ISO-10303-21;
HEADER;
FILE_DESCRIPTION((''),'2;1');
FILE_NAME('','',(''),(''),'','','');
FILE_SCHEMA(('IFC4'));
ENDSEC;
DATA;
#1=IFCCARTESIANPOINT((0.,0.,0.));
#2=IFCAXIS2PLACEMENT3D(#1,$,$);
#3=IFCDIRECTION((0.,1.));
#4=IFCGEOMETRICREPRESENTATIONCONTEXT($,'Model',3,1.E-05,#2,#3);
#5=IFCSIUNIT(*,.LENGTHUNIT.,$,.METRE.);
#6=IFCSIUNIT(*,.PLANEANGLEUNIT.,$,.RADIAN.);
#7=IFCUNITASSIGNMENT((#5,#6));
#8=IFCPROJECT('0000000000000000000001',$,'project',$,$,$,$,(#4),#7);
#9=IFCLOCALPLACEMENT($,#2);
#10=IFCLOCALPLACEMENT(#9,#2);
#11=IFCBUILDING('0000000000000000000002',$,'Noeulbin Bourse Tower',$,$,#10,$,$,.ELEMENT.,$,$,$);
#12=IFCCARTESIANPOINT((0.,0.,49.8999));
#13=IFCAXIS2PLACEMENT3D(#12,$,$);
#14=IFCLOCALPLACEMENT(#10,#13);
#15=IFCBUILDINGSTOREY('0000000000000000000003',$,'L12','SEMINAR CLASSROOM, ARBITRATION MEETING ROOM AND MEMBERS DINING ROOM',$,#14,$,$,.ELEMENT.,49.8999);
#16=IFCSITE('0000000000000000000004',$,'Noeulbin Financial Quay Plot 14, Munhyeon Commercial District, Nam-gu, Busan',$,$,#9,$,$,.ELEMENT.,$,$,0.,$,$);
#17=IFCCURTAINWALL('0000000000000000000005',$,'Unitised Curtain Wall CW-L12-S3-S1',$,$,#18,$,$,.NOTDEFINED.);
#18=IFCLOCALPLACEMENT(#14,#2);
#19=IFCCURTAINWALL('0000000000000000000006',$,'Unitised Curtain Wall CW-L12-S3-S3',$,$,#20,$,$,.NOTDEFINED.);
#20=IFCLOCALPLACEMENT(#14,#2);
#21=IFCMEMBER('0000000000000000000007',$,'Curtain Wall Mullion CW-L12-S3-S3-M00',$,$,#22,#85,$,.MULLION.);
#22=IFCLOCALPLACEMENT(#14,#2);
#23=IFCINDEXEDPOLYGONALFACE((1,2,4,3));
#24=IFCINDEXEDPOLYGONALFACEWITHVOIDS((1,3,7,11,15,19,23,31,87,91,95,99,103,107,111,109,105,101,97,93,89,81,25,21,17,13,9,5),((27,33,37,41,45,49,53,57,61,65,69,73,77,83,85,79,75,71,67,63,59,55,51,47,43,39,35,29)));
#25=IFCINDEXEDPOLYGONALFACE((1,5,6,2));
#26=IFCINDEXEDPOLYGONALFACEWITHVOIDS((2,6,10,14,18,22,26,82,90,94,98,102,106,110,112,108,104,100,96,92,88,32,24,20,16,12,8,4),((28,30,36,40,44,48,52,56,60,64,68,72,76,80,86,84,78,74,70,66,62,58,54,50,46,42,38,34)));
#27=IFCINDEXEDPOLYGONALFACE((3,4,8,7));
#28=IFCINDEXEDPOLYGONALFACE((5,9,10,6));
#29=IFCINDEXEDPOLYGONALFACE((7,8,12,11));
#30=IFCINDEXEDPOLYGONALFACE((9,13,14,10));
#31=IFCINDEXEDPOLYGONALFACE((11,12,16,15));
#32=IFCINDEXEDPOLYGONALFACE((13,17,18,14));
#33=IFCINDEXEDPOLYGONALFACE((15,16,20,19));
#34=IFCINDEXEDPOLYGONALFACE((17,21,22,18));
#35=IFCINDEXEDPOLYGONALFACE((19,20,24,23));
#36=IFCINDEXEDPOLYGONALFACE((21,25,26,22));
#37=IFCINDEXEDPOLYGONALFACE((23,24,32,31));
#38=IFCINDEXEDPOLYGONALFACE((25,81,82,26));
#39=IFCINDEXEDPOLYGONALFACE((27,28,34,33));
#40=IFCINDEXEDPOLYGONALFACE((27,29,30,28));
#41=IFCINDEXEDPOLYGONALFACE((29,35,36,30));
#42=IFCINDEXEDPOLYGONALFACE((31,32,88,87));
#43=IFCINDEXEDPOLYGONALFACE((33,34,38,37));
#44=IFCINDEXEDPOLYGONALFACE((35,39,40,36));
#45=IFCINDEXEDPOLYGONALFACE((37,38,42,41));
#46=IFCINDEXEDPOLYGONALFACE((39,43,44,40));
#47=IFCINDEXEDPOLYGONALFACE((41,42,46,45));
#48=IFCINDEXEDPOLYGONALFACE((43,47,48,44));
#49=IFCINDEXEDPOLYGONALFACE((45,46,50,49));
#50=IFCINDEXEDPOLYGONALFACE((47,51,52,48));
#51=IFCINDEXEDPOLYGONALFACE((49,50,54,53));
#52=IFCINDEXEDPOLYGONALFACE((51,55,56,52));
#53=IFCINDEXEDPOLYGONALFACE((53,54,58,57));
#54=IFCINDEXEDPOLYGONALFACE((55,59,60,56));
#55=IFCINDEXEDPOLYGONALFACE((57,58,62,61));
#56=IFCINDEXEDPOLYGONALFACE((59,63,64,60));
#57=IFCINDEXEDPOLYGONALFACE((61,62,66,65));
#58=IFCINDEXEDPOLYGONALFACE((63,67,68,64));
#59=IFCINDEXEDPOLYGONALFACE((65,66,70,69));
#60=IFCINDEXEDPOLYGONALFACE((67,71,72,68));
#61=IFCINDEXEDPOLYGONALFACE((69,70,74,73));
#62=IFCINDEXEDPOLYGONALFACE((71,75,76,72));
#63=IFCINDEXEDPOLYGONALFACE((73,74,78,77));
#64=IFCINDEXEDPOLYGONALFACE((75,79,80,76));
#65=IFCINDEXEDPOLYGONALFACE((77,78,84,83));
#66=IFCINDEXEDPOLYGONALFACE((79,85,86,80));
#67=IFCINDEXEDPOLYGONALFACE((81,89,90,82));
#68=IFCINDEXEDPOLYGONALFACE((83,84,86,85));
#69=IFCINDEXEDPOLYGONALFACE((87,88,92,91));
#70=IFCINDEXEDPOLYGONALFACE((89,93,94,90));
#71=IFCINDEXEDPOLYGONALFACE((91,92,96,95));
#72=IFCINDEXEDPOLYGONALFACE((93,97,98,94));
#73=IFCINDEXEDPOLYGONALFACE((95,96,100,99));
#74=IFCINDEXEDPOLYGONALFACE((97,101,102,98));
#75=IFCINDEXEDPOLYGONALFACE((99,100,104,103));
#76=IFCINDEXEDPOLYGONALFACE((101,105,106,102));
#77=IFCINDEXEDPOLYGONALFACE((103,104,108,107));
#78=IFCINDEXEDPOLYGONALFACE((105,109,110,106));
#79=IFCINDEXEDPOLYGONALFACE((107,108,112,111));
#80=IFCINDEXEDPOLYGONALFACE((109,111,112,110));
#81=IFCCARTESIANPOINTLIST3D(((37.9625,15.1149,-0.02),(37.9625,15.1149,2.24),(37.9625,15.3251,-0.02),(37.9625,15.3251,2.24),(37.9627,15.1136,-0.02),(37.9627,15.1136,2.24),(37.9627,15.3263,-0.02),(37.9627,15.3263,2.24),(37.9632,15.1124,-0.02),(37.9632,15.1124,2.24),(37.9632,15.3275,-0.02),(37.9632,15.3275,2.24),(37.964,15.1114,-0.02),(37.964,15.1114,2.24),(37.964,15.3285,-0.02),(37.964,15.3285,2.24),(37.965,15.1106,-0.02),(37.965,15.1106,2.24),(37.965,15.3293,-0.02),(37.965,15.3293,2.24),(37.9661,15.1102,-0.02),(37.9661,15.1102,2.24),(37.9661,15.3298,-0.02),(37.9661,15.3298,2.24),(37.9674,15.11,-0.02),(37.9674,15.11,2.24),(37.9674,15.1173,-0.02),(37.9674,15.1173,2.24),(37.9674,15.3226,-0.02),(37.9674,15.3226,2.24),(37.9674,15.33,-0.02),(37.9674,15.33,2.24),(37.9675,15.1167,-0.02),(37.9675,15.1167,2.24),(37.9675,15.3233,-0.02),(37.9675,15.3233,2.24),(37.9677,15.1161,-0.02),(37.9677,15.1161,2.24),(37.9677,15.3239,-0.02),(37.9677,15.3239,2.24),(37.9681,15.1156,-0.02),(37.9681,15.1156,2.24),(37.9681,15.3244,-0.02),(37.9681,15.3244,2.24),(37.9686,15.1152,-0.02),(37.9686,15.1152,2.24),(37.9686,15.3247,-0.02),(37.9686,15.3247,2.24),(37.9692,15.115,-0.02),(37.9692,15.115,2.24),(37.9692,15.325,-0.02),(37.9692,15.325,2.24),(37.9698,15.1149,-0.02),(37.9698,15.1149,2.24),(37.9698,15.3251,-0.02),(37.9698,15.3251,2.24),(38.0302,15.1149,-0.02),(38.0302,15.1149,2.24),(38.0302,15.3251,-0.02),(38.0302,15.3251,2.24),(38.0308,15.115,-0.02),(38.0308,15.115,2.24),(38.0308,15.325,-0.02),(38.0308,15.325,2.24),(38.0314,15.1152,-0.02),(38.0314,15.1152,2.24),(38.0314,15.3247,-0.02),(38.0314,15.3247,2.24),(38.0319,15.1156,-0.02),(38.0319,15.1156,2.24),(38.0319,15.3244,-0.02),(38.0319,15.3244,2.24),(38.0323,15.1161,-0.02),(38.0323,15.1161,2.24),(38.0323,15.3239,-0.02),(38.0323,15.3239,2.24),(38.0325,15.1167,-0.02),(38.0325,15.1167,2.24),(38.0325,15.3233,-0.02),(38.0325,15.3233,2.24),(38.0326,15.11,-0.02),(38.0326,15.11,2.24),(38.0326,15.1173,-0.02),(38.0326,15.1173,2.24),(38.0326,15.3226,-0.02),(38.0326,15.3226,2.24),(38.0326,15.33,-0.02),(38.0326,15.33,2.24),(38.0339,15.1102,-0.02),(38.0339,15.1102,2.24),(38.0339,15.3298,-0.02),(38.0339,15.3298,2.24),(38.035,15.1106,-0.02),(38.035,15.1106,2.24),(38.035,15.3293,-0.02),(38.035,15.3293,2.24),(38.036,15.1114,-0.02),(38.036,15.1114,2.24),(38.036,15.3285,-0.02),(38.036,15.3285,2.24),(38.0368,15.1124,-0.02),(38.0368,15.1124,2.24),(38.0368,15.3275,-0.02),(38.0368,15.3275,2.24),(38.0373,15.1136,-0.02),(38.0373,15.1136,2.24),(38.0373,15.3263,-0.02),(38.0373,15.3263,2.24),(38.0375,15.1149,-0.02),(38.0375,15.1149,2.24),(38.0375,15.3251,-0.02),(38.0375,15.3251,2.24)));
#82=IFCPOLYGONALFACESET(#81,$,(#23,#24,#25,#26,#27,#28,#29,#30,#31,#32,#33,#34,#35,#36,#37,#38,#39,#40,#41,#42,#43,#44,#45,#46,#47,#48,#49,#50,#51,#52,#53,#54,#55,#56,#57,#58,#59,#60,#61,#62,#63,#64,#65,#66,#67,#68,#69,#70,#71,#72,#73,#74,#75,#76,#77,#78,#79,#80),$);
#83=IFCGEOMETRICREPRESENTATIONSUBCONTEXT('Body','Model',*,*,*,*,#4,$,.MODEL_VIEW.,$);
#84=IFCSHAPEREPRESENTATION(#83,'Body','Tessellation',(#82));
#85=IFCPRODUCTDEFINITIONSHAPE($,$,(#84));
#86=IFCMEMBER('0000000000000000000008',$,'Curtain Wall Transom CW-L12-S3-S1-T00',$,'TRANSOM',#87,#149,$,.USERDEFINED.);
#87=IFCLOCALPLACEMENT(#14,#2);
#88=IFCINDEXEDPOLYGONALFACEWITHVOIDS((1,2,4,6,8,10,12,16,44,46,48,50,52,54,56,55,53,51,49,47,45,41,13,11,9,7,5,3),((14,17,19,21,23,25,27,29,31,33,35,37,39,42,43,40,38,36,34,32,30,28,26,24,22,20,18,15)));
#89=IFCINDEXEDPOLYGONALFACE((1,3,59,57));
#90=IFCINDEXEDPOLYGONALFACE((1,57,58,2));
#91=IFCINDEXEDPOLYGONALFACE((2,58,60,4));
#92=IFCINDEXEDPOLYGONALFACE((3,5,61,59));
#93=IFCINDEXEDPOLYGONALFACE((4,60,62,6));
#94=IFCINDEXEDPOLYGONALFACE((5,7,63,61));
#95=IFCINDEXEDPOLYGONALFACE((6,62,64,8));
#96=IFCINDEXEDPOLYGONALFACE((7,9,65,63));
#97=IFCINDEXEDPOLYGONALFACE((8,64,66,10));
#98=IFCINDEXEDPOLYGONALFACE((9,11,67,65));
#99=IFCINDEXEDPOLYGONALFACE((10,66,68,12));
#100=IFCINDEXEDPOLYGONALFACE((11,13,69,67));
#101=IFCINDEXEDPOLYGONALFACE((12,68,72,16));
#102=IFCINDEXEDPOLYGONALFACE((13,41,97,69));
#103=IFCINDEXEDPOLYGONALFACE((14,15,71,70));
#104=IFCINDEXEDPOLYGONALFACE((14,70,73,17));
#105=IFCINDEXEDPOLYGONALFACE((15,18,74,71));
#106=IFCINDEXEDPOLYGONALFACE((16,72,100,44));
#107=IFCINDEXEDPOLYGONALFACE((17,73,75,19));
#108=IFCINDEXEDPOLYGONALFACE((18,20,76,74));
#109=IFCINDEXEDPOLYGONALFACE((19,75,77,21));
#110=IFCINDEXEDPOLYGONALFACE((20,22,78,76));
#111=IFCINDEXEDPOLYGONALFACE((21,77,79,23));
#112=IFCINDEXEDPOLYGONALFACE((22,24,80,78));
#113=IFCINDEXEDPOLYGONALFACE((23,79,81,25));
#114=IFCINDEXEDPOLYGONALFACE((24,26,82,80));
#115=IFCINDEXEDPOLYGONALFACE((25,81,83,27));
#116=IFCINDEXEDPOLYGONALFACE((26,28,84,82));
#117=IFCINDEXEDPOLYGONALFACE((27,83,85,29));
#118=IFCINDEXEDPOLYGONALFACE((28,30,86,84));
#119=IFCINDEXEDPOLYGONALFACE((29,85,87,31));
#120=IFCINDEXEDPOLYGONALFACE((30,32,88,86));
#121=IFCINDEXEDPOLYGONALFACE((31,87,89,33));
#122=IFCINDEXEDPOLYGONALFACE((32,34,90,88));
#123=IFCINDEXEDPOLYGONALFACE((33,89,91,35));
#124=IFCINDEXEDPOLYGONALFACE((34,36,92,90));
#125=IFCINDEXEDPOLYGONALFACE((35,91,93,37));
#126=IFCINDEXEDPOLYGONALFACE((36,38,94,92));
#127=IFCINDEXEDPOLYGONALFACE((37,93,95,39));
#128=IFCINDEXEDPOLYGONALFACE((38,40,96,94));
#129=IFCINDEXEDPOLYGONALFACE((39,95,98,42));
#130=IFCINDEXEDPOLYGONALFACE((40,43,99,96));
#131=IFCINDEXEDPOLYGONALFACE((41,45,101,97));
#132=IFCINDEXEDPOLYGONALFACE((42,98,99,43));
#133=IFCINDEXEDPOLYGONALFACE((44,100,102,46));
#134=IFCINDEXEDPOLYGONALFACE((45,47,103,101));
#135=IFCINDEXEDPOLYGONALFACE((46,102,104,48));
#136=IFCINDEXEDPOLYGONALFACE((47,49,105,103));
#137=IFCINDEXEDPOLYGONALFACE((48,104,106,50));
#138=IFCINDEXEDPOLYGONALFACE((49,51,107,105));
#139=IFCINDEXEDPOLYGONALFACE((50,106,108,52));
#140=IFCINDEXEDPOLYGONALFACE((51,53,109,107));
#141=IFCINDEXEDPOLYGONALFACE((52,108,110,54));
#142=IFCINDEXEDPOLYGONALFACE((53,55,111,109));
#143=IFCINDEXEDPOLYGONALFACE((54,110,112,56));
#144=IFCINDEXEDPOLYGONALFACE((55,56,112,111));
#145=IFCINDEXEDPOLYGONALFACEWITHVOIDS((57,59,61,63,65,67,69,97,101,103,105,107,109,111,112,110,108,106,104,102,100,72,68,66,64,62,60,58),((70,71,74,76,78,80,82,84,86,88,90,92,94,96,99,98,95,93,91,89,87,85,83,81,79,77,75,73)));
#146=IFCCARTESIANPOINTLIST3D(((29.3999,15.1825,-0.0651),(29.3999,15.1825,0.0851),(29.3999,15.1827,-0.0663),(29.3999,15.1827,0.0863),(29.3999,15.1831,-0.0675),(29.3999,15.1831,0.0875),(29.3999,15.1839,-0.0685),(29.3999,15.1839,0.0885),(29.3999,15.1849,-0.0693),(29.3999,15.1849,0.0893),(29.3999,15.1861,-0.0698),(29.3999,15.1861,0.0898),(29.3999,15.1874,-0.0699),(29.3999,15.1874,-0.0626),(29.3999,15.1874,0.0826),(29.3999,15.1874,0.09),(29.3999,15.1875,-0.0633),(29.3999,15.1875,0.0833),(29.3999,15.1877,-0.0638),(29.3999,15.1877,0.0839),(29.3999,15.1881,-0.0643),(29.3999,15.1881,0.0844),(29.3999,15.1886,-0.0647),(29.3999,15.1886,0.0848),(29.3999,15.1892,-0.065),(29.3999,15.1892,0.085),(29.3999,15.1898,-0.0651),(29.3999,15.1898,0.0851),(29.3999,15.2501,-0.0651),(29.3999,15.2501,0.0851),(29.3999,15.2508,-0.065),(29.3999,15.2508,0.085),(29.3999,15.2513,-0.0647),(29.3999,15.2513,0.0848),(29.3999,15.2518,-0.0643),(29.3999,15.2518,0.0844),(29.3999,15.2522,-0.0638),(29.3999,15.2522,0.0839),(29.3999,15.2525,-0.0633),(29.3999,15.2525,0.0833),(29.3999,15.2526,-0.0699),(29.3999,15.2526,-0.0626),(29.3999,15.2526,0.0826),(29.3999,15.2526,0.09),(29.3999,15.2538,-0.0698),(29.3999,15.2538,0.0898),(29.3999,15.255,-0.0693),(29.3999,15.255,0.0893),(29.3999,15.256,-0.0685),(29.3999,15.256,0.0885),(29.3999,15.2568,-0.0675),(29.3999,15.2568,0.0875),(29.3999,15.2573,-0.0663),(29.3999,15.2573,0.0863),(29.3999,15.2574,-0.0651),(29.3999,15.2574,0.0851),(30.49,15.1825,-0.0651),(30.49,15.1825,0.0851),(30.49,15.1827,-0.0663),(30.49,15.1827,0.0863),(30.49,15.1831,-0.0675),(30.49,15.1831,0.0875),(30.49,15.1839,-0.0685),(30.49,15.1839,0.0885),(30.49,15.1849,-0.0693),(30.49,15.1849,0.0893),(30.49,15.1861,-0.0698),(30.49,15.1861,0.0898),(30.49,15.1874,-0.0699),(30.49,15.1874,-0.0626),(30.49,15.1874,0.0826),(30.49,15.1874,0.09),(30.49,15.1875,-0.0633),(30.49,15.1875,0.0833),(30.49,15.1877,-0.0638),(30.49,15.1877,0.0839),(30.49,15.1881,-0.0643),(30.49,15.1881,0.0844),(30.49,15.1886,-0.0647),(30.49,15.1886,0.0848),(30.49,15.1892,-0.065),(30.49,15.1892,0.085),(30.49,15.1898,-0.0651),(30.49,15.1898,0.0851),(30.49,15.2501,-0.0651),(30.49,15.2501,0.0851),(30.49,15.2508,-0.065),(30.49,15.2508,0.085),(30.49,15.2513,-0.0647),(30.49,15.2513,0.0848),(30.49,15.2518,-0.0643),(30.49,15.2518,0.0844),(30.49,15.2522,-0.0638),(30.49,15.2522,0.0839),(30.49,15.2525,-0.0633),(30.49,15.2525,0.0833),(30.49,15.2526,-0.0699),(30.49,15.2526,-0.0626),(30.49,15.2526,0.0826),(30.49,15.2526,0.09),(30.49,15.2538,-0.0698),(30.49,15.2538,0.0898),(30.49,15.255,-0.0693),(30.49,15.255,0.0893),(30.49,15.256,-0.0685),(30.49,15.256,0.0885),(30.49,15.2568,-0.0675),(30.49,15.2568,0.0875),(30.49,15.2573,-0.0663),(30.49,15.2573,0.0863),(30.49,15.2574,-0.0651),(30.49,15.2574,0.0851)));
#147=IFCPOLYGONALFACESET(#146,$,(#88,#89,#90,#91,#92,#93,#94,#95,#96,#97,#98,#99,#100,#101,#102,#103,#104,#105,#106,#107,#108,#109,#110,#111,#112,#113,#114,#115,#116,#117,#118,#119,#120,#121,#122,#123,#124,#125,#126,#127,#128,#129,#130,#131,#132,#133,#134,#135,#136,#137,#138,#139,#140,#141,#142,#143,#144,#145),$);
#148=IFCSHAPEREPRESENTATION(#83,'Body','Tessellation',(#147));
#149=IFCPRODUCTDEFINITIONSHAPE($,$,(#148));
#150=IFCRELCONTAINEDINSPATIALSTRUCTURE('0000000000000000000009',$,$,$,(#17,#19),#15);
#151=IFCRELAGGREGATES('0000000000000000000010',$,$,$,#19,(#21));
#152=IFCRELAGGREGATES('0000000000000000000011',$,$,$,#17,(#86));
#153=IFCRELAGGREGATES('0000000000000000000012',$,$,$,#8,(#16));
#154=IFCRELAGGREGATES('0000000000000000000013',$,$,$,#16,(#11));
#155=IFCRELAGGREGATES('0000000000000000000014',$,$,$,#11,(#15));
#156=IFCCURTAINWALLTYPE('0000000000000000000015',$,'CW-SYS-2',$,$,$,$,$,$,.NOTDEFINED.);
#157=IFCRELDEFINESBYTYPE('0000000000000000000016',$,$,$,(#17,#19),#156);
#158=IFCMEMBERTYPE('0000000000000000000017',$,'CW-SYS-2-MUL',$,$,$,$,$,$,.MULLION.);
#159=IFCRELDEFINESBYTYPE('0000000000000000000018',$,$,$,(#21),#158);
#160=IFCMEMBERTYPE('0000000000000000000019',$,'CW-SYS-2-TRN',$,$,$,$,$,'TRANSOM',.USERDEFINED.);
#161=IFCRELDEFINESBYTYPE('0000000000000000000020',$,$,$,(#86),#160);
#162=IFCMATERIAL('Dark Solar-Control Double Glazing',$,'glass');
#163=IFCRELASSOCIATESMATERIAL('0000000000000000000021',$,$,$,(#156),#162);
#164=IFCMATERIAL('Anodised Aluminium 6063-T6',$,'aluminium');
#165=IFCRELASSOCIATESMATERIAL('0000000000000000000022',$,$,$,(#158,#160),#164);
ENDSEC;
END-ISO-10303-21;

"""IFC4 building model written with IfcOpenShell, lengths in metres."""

from ifc_helpers import new_model, si_unit, direction, frame, origin, origin_2d, place, context, subcontext, project, spatial, hollow_rectangle, extrude, material, material_profile, profile_set, type_object, element, aggregate, save


model = new_model("IFC4")

# Units and contexts
model_context = context("Model", 3, precision=1e-05, world=origin(), true_north=direction((0.0, 1.0)))
body_context = subcontext(model_context, "Body", "Model", "MODEL_VIEW")
ifc_project = project(units=[si_unit("LENGTHUNIT", "METRE"), si_unit("PLANEANGLEUNIT", "RADIAN")], contexts=[model_context])

# Site, building, storey
site_placement = place(None, origin())
site = spatial("IfcSite", under=ifc_project, at=site_placement, Name="Noeulbin Financial Quay Plot 14, Munhyeon Commercial District, Nam-gu, Busan", CompositionType="ELEMENT", RefElevation=0.0)
building_placement = place(site_placement, origin())
building = spatial("IfcBuilding", under=site, at=building_placement, Name="Noeulbin Bourse Tower", CompositionType="ELEMENT")
storey_placement = place(building_placement, frame((0.0, 0.0, 49.8999)))
storey = spatial("IfcBuildingStorey", under=building, at=storey_placement, Name="L12", Description="SEMINAR CLASSROOM, ARBITRATION MEETING ROOM AND MEMBERS DINING ROOM", CompositionType="ELEMENT", Elevation=49.8999)

# Curtain wall
ifc_material_1 = material(Name="Dark Solar-Control Double Glazing", Category="glass")
curtain_wall_type = type_object("IfcCurtainWallType", Name="CW-SYS-2", PredefinedType="NOTDEFINED", material=ifc_material_1)
curtain_wall_1_placement = place(storey_placement, origin())
curtain_wall_1 = element("IfcCurtainWall", 1, at=curtain_wall_1_placement, inside=storey, type_object=curtain_wall_type, Name="Unitised Curtain Wall CW-L12-S3-S1", PredefinedType="NOTDEFINED")
ifc_material_2 = material(Name="Anodised Aluminium 6063-T6", Category="aluminium")
ifc_material_profile_1 = material_profile(ifc_material_2, hollow_rectangle(XDim=0.075, YDim=0.22, WallThickness=0.0049, InnerFilletRadius=0.0024, OuterFilletRadius=0.0049, at=origin_2d()), Name="ALU-MULL-75x220x5", Category="LoadBearing")
ifc_profile_set_1 = profile_set([ifc_material_profile_1], Name="Anodised Aluminium 6063-T6")
member_type_1 = type_object("IfcMemberType", Name="CW-SYS-2-MUL", PredefinedType="MULLION", material=ifc_profile_set_1)

# Curtain wall, member
curtain_wall_2_placement = place(storey_placement, origin())
curtain_wall_2 = element("IfcCurtainWall", 2, at=curtain_wall_2_placement, inside=storey, type_object=curtain_wall_type, Name="Unitised Curtain Wall CW-L12-S3-S3", PredefinedType="NOTDEFINED")
member_1_placement = place(storey_placement, frame((38.0, 15.22, -0.02), z_axis=(0.0, 0.0, 1.0), x_axis=(1.0, 0.0, 0.0)))
member_1 = element("IfcMember", 3, at=member_1_placement, type_object=member_type_1, Name="Curtain Wall Mullion CW-L12-S3-S3-M00", PredefinedType="MULLION", context=body_context, shape_type="SweptSolid", body=[
    extrude(hollow_rectangle(XDim=0.075, YDim=0.22, WallThickness=0.0049, InnerFilletRadius=0.0024, OuterFilletRadius=0.0049, at=origin_2d()), origin(), (0.0, 0.0, 1.0), 2.26),
])

# Member
ifc_material_profile_2 = material_profile(ifc_material_2, hollow_rectangle(XDim=0.075, YDim=0.1599, WallThickness=0.0049, InnerFilletRadius=0.0024, OuterFilletRadius=0.0049, at=origin_2d()), Name="ALU-TRAN-75x160x5", Category="LoadBearing")
ifc_profile_set_2 = profile_set([ifc_material_profile_2], Name="Anodised Aluminium 6063-T6")
member_type_2 = type_object("IfcMemberType", Name="CW-SYS-2-TRN", ElementType="TRANSOM", PredefinedType="USERDEFINED", material=ifc_profile_set_2)
member_2_placement = place(storey_placement, frame((29.3999, 15.22, 0.01), z_axis=(1.0, 0.0, 0.0), x_axis=(0.0, 1.0, 0.0)))
member_2 = element("IfcMember", 4, at=member_2_placement, type_object=member_type_2, Name="Curtain Wall Transom CW-L12-S3-S1-T00", ObjectType="TRANSOM", PredefinedType="USERDEFINED", context=body_context, shape_type="SweptSolid", body=[
    extrude(hollow_rectangle(XDim=0.075, YDim=0.1599, WallThickness=0.0049, InnerFilletRadius=0.0024, OuterFilletRadius=0.0049, at=origin_2d()), origin(), (0.0, 0.0, 1.0), 1.0901),
])
aggregate(curtain_wall_2, [member_1])

aggregate(curtain_wall_1, [member_2])

save(model, "model.ifc")
